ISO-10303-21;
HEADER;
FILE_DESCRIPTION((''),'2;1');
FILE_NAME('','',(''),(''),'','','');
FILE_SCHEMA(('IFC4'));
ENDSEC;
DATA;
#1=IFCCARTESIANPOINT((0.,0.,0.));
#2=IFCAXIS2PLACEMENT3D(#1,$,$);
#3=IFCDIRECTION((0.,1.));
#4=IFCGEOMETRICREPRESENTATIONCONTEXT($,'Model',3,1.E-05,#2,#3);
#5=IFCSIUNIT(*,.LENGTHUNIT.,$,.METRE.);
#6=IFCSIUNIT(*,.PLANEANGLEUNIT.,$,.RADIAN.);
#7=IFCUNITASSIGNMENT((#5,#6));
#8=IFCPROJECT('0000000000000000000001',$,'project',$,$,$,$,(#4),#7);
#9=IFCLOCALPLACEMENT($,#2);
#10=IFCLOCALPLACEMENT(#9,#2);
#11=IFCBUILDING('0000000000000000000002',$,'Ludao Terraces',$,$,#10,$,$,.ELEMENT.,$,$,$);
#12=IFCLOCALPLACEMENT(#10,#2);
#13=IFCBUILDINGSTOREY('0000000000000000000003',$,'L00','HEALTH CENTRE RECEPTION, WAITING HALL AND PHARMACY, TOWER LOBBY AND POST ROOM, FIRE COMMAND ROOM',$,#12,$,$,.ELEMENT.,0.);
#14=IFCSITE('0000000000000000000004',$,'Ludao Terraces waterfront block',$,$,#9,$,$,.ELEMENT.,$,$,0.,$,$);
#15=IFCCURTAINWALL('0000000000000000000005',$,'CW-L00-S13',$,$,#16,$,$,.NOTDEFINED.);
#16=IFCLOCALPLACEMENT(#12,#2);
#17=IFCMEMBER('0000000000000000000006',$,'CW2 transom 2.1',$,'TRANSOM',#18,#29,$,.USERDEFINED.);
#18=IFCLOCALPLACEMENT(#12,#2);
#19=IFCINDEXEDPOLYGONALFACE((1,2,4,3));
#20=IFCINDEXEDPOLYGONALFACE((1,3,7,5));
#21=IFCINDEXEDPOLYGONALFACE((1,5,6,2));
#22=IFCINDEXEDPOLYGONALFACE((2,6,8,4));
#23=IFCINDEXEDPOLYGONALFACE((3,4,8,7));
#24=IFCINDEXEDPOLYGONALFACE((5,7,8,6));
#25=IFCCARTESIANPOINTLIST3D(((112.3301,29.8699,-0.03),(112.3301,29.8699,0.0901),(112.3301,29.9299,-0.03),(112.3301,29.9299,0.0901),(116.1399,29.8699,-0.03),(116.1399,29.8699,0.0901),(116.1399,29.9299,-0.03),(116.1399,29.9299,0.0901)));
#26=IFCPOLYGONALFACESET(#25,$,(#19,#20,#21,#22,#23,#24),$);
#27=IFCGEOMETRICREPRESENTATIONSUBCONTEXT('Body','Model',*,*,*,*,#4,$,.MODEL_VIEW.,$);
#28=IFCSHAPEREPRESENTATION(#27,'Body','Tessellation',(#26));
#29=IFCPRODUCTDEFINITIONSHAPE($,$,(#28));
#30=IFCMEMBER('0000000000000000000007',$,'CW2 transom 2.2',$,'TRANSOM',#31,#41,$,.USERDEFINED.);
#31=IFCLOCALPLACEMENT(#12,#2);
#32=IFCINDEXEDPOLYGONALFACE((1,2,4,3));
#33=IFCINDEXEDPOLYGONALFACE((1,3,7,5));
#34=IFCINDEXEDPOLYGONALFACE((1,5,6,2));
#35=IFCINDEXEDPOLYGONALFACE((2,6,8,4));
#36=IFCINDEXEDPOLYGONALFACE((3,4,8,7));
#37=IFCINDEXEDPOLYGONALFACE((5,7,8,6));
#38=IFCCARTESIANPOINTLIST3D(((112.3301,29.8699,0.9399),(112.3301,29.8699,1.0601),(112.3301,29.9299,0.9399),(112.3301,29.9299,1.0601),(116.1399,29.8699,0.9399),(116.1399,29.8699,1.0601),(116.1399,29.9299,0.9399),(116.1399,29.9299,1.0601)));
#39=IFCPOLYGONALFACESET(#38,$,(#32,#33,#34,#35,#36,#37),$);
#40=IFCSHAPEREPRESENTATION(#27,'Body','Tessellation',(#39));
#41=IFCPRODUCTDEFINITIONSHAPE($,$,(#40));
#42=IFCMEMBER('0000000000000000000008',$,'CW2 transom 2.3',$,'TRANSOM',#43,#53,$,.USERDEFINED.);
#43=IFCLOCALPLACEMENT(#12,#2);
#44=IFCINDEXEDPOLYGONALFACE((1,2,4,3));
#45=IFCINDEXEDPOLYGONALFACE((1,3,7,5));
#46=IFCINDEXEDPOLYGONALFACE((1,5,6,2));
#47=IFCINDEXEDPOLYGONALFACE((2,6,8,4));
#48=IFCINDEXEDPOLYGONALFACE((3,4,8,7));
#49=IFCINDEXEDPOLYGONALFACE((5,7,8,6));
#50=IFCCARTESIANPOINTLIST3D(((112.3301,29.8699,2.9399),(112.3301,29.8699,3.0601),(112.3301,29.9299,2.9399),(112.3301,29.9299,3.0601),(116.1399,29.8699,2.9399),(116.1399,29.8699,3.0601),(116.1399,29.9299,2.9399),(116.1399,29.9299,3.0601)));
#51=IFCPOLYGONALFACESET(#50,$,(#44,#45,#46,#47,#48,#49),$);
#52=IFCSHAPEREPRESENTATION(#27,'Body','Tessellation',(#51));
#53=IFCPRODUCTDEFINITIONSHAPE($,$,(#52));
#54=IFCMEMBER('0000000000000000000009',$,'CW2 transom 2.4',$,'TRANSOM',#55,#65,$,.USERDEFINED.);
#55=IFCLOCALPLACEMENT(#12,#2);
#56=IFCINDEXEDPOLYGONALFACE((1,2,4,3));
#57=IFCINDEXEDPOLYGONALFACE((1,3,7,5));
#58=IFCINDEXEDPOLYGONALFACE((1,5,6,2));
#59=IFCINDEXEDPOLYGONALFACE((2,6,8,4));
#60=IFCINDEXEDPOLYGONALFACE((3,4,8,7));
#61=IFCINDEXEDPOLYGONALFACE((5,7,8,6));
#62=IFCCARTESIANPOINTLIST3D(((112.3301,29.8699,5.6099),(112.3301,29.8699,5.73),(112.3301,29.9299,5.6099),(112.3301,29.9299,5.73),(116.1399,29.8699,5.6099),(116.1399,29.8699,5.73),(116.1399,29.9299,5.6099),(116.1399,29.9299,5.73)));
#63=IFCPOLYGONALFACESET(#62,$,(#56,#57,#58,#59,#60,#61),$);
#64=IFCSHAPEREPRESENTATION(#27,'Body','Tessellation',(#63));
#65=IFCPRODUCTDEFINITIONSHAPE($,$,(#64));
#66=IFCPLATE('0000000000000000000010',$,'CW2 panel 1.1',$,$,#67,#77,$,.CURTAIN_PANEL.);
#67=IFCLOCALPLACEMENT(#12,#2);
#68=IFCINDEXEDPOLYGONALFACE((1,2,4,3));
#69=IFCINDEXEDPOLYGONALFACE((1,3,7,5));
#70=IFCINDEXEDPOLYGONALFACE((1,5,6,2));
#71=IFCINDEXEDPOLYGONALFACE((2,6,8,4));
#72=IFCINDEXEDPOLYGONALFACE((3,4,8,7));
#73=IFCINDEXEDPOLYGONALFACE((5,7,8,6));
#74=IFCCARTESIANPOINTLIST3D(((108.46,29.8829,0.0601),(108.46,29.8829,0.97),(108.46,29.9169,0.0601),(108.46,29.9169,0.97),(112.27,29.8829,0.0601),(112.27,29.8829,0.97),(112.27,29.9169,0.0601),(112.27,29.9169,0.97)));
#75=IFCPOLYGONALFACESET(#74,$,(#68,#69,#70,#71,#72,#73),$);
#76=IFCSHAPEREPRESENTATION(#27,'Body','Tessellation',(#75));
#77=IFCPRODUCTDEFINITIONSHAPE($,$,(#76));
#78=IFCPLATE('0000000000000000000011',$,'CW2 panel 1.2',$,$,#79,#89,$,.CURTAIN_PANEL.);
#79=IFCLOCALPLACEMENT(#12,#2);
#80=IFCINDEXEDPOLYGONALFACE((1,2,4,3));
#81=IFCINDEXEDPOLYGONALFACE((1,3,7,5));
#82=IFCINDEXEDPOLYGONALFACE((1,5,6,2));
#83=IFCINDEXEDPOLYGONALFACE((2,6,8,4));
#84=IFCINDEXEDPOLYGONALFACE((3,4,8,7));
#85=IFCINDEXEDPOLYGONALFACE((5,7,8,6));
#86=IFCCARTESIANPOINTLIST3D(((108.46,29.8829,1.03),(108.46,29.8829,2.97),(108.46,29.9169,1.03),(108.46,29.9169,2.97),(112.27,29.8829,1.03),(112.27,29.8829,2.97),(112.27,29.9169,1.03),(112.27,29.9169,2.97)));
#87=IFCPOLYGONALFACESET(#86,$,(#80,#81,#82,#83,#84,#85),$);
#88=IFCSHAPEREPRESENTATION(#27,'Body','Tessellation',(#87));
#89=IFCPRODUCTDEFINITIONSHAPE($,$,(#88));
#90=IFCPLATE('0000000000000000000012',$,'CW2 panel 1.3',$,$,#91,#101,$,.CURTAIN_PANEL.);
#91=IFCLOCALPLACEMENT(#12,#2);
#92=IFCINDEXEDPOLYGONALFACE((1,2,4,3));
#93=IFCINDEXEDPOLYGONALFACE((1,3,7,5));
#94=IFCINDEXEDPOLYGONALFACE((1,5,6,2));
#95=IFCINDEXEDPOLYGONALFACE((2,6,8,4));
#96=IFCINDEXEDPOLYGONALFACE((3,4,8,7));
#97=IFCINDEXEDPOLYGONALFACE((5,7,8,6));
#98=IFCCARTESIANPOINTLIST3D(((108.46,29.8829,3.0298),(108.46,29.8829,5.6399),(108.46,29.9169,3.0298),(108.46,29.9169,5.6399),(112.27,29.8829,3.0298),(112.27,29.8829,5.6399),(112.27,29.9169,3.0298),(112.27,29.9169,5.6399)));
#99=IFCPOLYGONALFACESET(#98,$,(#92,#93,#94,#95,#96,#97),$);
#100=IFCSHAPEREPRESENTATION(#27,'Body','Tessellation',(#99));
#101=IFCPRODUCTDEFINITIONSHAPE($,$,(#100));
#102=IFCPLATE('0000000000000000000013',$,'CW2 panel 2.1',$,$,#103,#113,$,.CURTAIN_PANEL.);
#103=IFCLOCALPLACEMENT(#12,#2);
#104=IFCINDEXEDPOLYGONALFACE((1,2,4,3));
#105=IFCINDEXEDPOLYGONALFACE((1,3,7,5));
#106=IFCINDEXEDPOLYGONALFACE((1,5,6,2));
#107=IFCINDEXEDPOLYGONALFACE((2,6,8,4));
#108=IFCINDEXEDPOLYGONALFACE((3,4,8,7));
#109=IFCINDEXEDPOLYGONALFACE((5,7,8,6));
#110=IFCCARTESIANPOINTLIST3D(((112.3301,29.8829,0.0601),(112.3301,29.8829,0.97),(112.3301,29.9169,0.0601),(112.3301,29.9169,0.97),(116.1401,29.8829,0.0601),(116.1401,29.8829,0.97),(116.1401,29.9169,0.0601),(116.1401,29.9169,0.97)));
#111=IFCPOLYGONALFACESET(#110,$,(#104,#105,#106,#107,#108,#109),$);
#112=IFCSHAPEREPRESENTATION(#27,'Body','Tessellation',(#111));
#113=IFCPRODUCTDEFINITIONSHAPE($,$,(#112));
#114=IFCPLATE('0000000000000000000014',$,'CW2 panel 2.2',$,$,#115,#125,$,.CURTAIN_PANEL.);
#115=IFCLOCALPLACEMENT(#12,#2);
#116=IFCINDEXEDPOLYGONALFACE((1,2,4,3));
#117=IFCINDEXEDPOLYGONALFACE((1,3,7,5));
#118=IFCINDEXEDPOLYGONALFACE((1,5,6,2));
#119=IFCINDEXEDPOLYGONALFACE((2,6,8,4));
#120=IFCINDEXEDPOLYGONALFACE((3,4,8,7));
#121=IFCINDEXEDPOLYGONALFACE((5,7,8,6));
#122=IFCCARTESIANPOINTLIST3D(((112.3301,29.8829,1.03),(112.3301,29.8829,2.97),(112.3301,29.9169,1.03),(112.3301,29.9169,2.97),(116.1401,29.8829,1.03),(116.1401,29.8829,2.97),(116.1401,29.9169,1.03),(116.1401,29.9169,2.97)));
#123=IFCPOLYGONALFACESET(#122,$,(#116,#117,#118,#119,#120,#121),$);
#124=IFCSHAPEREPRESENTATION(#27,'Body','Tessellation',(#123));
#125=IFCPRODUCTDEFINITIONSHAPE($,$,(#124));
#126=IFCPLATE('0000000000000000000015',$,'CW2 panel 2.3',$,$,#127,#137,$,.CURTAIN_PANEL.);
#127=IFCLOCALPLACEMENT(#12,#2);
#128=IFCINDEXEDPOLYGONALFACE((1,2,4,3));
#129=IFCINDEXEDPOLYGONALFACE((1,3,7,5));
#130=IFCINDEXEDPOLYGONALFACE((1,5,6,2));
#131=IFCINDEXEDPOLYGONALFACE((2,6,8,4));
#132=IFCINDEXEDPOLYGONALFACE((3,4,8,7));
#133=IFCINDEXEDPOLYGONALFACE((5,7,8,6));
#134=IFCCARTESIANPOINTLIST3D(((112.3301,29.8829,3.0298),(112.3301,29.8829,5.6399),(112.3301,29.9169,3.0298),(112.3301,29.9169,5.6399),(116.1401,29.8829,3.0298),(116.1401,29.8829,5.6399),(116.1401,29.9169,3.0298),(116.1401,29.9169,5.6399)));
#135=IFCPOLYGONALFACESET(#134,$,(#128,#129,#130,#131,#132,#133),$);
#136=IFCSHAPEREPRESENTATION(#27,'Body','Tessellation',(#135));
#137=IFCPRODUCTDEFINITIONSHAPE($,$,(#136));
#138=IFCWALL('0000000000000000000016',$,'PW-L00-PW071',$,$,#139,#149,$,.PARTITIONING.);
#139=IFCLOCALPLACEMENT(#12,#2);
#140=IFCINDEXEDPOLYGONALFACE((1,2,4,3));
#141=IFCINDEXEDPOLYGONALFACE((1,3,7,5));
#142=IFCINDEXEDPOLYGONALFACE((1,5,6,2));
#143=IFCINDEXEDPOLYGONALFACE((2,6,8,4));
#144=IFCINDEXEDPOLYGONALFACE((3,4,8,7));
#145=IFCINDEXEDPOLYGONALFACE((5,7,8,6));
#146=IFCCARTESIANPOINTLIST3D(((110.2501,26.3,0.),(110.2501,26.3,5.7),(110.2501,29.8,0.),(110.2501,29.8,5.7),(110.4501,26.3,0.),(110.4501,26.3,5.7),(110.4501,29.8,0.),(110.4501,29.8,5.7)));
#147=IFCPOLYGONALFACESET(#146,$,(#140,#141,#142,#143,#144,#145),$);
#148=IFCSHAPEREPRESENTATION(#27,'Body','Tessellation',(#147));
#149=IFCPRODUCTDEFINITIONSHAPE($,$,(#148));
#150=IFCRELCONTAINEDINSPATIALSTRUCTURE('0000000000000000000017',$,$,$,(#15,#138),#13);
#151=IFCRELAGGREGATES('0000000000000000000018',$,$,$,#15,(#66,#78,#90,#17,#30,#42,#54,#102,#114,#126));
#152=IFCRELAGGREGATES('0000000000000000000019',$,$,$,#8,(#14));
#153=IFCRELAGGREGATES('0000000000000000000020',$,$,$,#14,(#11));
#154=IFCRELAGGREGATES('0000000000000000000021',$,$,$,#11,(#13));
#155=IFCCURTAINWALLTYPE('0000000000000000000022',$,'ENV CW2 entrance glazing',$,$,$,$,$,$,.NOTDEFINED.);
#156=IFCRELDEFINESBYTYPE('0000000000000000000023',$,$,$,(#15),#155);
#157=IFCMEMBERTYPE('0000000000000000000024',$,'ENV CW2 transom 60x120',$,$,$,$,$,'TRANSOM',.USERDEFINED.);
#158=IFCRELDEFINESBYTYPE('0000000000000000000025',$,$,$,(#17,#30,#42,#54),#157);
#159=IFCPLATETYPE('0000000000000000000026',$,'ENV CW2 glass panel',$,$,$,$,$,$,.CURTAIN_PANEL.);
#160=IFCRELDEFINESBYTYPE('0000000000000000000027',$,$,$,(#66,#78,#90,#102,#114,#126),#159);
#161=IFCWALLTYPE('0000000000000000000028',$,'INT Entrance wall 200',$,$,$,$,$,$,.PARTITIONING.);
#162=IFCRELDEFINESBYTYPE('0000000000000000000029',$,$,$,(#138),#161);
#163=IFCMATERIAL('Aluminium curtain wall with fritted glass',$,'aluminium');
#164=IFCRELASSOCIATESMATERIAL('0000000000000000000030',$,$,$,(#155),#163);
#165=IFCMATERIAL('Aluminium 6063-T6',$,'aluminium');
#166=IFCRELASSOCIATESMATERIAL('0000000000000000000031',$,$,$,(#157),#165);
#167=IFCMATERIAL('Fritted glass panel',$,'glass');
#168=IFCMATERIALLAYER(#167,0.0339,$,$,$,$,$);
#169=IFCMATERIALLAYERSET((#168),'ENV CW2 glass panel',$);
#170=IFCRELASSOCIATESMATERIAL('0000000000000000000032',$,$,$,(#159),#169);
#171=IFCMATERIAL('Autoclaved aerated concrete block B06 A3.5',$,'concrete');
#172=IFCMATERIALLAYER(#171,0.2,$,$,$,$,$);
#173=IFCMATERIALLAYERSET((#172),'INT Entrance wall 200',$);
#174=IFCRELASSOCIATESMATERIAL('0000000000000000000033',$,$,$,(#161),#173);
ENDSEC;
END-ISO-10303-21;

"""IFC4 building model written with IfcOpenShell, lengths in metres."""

from ifc_helpers import new_model, si_unit, direction, frame, frame_2d, origin, origin_2d, place, context, subcontext, project, spatial, rectangle, extrude, material, layer, layer_set, material_profile, profile_set, type_object, element, aggregate, save


model = new_model("IFC4")

# Units and contexts
model_context = context("Model", 3, precision=1e-05, world=origin(), true_north=direction((0.0, 1.0)))
body_context = subcontext(model_context, "Body", "Model", "MODEL_VIEW")
ifc_project = project(units=[si_unit("LENGTHUNIT", "METRE"), si_unit("PLANEANGLEUNIT", "RADIAN")], contexts=[model_context])

# Site, building, storey
site_placement = place(None, origin())
site = spatial("IfcSite", under=ifc_project, at=site_placement, Name="Ludao Terraces waterfront block", CompositionType="ELEMENT", RefElevation=0.0)
building_placement = place(site_placement, origin())
building = spatial("IfcBuilding", under=site, at=building_placement, Name="Ludao Terraces", CompositionType="ELEMENT")
storey_placement = place(building_placement, origin())
storey = spatial("IfcBuildingStorey", under=building, at=storey_placement, Name="L00", Description="HEALTH CENTRE RECEPTION, WAITING HALL AND PHARMACY, TOWER LOBBY AND POST ROOM, FIRE COMMAND ROOM", CompositionType="ELEMENT", Elevation=0.0)

# Curtain wall
ifc_material_1 = material(Name="Aluminium curtain wall with fritted glass", Category="aluminium")
curtain_wall_type = type_object("IfcCurtainWallType", Name="ENV CW2 entrance glazing", PredefinedType="NOTDEFINED", material=ifc_material_1)
curtain_wall_1_placement = place(storey_placement, origin())
curtain_wall_1 = element("IfcCurtainWall", 1, at=curtain_wall_1_placement, inside=storey, type_object=curtain_wall_type, Name="CW-L00-S13", PredefinedType="NOTDEFINED")
ifc_material_2 = material(Name="Aluminium 6063-T6", Category="aluminium")

# Members
ifc_material_profile_1 = material_profile(ifc_material_2, rectangle(XDim=0.0601, YDim=0.1201, at=origin_2d()), Name="60 X 120")
ifc_profile_set_1 = profile_set([ifc_material_profile_1], Name="Aluminium 6063-T6")
member_type_1 = type_object("IfcMemberType", Name="ENV CW2 transom 60x120", ElementType="TRANSOM", PredefinedType="USERDEFINED", material=ifc_profile_set_1)
member_1_placement = place(storey_placement, frame((112.3301, 29.8999, 0.03), z_axis=(1.0, 0.0, 0.0), x_axis=(0.0, 1.0, 0.0)))
member_1 = element("IfcMember", 2, at=member_1_placement, type_object=member_type_1, Name="CW2 transom 2.1", ObjectType="TRANSOM", PredefinedType="USERDEFINED", context=body_context, shape_type="SweptSolid", body=[
    extrude(rectangle(XDim=0.0601, YDim=0.1201, at=origin_2d()), origin(), (0.0, 0.0, 1.0), 3.8098),
])
member_2_placement = place(storey_placement, frame((112.3301, 29.8999, 1.0), z_axis=(1.0, 0.0, 0.0), x_axis=(0.0, 1.0, 0.0)))
member_2 = element("IfcMember", 3, at=member_2_placement, type_object=member_type_1, Name="CW2 transom 2.2", ObjectType="TRANSOM", PredefinedType="USERDEFINED", context=body_context, shape_type="SweptSolid", body=[
    extrude(rectangle(XDim=0.0601, YDim=0.1201, at=origin_2d()), origin(), (0.0, 0.0, 1.0), 3.8098),
])
member_3_placement = place(storey_placement, frame((112.3301, 29.8999, 3.0), z_axis=(1.0, 0.0, 0.0), x_axis=(0.0, 1.0, 0.0)))
member_3 = element("IfcMember", 4, at=member_3_placement, type_object=member_type_1, Name="CW2 transom 2.3", ObjectType="TRANSOM", PredefinedType="USERDEFINED", context=body_context, shape_type="SweptSolid", body=[
    extrude(rectangle(XDim=0.0601, YDim=0.1201, at=origin_2d()), origin(), (0.0, 0.0, 1.0), 3.8098),
])
member_4_placement = place(storey_placement, frame((112.3301, 29.8999, 5.6699), z_axis=(1.0, 0.0, 0.0), x_axis=(0.0, 1.0, 0.0)))
member_4 = element("IfcMember", 5, at=member_4_placement, type_object=member_type_1, Name="CW2 transom 2.4", ObjectType="TRANSOM", PredefinedType="USERDEFINED", context=body_context, shape_type="SweptSolid", body=[
    extrude(rectangle(XDim=0.0601, YDim=0.1201, at=origin_2d()), origin(), (0.0, 0.0, 1.0), 3.8098),
])

# Plates
ifc_material_3 = material(Name="Fritted glass panel", Category="glass")
ifc_layer_1 = layer(ifc_material_3, 0.0339)
ifc_layer_set_1 = layer_set([ifc_layer_1], Name="ENV CW2 glass panel")
plate_type = type_object("IfcPlateType", Name="ENV CW2 glass panel", PredefinedType="CURTAIN_PANEL", material=ifc_layer_set_1)
plate_1_placement = place(storey_placement, frame((110.365, 29.8999, 0.0601), z_axis=(0.0, 0.0, 1.0), x_axis=(1.0, 0.0, 0.0)))
plate_1 = element("IfcPlate", 6, at=plate_1_placement, type_object=plate_type, Name="CW2 panel 1.1", PredefinedType="CURTAIN_PANEL", context=body_context, shape_type="SweptSolid", body=[
    extrude(rectangle(XDim=3.8101, YDim=0.0339, at=origin_2d()), origin(), (0.0, 0.0, 1.0), 0.9099),
])
plate_2_placement = place(storey_placement, frame((110.365, 29.8999, 1.03), z_axis=(0.0, 0.0, 1.0), x_axis=(1.0, 0.0, 0.0)))
plate_2 = element("IfcPlate", 7, at=plate_2_placement, type_object=plate_type, Name="CW2 panel 1.2", PredefinedType="CURTAIN_PANEL", context=body_context, shape_type="SweptSolid", body=[
    extrude(rectangle(XDim=3.8101, YDim=0.0339, at=origin_2d()), origin(), (0.0, 0.0, 1.0), 1.9399),
])
plate_3_placement = place(storey_placement, frame((110.365, 29.8999, 3.0298), z_axis=(0.0, 0.0, 1.0), x_axis=(1.0, 0.0, 0.0)))
plate_3 = element("IfcPlate", 8, at=plate_3_placement, type_object=plate_type, Name="CW2 panel 1.3", PredefinedType="CURTAIN_PANEL", context=body_context, shape_type="SweptSolid", body=[
    extrude(rectangle(XDim=3.8101, YDim=0.0339, at=origin_2d()), origin(), (0.0, 0.0, 1.0), 2.6101),
])
plate_4_placement = place(storey_placement, frame((114.2351, 29.8999, 0.0601), z_axis=(0.0, 0.0, 1.0), x_axis=(1.0, 0.0, 0.0)))
plate_4 = element("IfcPlate", 9, at=plate_4_placement, type_object=plate_type, Name="CW2 panel 2.1", PredefinedType="CURTAIN_PANEL", context=body_context, shape_type="SweptSolid", body=[
    extrude(rectangle(XDim=3.8101, YDim=0.0339, at=origin_2d()), origin(), (0.0, 0.0, 1.0), 0.9099),
])
plate_5_placement = place(storey_placement, frame((114.2351, 29.8999, 1.03), z_axis=(0.0, 0.0, 1.0), x_axis=(1.0, 0.0, 0.0)))
plate_5 = element("IfcPlate", 10, at=plate_5_placement, type_object=plate_type, Name="CW2 panel 2.2", PredefinedType="CURTAIN_PANEL", context=body_context, shape_type="SweptSolid", body=[
    extrude(rectangle(XDim=3.8101, YDim=0.0339, at=origin_2d()), origin(), (0.0, 0.0, 1.0), 1.9399),
])
plate_6_placement = place(storey_placement, frame((114.2351, 29.8999, 3.0298), z_axis=(0.0, 0.0, 1.0), x_axis=(1.0, 0.0, 0.0)))
plate_6 = element("IfcPlate", 11, at=plate_6_placement, type_object=plate_type, Name="CW2 panel 2.3", PredefinedType="CURTAIN_PANEL", context=body_context, shape_type="SweptSolid", body=[
    extrude(rectangle(XDim=3.8101, YDim=0.0339, at=origin_2d()), origin(), (0.0, 0.0, 1.0), 2.6101),
])
aggregate(curtain_wall_1, [plate_1, plate_2, plate_3, member_1, member_2, member_3, member_4, plate_4, plate_5, plate_6])

# Wall
ifc_material_4 = material(Name="Autoclaved aerated concrete block B06 A3.5", Category="concrete")
ifc_layer_2 = layer(ifc_material_4, 0.2)
ifc_layer_set_2 = layer_set([ifc_layer_2], Name="INT Entrance wall 200")
wall_type = type_object("IfcWallType", Name="INT Entrance wall 200", PredefinedType="PARTITIONING", material=ifc_layer_set_2)
wall_1_placement = place(storey_placement, frame((110.3501, 26.3, 0.0), z_axis=(0.0, 0.0, 1.0), x_axis=(0.0, 1.0, 0.0)))
element("IfcWall", 12, at=wall_1_placement, inside=storey, type_object=wall_type, Name="PW-L00-PW071", PredefinedType="PARTITIONING", context=body_context, shape_type="SweptSolid", body=[
    extrude(rectangle(XDim=3.5, YDim=0.2, at=frame_2d((1.75, 0.0))), origin(), (0.0, 0.0, 1.0), 5.7),
])

save(model, "model.ifc")
